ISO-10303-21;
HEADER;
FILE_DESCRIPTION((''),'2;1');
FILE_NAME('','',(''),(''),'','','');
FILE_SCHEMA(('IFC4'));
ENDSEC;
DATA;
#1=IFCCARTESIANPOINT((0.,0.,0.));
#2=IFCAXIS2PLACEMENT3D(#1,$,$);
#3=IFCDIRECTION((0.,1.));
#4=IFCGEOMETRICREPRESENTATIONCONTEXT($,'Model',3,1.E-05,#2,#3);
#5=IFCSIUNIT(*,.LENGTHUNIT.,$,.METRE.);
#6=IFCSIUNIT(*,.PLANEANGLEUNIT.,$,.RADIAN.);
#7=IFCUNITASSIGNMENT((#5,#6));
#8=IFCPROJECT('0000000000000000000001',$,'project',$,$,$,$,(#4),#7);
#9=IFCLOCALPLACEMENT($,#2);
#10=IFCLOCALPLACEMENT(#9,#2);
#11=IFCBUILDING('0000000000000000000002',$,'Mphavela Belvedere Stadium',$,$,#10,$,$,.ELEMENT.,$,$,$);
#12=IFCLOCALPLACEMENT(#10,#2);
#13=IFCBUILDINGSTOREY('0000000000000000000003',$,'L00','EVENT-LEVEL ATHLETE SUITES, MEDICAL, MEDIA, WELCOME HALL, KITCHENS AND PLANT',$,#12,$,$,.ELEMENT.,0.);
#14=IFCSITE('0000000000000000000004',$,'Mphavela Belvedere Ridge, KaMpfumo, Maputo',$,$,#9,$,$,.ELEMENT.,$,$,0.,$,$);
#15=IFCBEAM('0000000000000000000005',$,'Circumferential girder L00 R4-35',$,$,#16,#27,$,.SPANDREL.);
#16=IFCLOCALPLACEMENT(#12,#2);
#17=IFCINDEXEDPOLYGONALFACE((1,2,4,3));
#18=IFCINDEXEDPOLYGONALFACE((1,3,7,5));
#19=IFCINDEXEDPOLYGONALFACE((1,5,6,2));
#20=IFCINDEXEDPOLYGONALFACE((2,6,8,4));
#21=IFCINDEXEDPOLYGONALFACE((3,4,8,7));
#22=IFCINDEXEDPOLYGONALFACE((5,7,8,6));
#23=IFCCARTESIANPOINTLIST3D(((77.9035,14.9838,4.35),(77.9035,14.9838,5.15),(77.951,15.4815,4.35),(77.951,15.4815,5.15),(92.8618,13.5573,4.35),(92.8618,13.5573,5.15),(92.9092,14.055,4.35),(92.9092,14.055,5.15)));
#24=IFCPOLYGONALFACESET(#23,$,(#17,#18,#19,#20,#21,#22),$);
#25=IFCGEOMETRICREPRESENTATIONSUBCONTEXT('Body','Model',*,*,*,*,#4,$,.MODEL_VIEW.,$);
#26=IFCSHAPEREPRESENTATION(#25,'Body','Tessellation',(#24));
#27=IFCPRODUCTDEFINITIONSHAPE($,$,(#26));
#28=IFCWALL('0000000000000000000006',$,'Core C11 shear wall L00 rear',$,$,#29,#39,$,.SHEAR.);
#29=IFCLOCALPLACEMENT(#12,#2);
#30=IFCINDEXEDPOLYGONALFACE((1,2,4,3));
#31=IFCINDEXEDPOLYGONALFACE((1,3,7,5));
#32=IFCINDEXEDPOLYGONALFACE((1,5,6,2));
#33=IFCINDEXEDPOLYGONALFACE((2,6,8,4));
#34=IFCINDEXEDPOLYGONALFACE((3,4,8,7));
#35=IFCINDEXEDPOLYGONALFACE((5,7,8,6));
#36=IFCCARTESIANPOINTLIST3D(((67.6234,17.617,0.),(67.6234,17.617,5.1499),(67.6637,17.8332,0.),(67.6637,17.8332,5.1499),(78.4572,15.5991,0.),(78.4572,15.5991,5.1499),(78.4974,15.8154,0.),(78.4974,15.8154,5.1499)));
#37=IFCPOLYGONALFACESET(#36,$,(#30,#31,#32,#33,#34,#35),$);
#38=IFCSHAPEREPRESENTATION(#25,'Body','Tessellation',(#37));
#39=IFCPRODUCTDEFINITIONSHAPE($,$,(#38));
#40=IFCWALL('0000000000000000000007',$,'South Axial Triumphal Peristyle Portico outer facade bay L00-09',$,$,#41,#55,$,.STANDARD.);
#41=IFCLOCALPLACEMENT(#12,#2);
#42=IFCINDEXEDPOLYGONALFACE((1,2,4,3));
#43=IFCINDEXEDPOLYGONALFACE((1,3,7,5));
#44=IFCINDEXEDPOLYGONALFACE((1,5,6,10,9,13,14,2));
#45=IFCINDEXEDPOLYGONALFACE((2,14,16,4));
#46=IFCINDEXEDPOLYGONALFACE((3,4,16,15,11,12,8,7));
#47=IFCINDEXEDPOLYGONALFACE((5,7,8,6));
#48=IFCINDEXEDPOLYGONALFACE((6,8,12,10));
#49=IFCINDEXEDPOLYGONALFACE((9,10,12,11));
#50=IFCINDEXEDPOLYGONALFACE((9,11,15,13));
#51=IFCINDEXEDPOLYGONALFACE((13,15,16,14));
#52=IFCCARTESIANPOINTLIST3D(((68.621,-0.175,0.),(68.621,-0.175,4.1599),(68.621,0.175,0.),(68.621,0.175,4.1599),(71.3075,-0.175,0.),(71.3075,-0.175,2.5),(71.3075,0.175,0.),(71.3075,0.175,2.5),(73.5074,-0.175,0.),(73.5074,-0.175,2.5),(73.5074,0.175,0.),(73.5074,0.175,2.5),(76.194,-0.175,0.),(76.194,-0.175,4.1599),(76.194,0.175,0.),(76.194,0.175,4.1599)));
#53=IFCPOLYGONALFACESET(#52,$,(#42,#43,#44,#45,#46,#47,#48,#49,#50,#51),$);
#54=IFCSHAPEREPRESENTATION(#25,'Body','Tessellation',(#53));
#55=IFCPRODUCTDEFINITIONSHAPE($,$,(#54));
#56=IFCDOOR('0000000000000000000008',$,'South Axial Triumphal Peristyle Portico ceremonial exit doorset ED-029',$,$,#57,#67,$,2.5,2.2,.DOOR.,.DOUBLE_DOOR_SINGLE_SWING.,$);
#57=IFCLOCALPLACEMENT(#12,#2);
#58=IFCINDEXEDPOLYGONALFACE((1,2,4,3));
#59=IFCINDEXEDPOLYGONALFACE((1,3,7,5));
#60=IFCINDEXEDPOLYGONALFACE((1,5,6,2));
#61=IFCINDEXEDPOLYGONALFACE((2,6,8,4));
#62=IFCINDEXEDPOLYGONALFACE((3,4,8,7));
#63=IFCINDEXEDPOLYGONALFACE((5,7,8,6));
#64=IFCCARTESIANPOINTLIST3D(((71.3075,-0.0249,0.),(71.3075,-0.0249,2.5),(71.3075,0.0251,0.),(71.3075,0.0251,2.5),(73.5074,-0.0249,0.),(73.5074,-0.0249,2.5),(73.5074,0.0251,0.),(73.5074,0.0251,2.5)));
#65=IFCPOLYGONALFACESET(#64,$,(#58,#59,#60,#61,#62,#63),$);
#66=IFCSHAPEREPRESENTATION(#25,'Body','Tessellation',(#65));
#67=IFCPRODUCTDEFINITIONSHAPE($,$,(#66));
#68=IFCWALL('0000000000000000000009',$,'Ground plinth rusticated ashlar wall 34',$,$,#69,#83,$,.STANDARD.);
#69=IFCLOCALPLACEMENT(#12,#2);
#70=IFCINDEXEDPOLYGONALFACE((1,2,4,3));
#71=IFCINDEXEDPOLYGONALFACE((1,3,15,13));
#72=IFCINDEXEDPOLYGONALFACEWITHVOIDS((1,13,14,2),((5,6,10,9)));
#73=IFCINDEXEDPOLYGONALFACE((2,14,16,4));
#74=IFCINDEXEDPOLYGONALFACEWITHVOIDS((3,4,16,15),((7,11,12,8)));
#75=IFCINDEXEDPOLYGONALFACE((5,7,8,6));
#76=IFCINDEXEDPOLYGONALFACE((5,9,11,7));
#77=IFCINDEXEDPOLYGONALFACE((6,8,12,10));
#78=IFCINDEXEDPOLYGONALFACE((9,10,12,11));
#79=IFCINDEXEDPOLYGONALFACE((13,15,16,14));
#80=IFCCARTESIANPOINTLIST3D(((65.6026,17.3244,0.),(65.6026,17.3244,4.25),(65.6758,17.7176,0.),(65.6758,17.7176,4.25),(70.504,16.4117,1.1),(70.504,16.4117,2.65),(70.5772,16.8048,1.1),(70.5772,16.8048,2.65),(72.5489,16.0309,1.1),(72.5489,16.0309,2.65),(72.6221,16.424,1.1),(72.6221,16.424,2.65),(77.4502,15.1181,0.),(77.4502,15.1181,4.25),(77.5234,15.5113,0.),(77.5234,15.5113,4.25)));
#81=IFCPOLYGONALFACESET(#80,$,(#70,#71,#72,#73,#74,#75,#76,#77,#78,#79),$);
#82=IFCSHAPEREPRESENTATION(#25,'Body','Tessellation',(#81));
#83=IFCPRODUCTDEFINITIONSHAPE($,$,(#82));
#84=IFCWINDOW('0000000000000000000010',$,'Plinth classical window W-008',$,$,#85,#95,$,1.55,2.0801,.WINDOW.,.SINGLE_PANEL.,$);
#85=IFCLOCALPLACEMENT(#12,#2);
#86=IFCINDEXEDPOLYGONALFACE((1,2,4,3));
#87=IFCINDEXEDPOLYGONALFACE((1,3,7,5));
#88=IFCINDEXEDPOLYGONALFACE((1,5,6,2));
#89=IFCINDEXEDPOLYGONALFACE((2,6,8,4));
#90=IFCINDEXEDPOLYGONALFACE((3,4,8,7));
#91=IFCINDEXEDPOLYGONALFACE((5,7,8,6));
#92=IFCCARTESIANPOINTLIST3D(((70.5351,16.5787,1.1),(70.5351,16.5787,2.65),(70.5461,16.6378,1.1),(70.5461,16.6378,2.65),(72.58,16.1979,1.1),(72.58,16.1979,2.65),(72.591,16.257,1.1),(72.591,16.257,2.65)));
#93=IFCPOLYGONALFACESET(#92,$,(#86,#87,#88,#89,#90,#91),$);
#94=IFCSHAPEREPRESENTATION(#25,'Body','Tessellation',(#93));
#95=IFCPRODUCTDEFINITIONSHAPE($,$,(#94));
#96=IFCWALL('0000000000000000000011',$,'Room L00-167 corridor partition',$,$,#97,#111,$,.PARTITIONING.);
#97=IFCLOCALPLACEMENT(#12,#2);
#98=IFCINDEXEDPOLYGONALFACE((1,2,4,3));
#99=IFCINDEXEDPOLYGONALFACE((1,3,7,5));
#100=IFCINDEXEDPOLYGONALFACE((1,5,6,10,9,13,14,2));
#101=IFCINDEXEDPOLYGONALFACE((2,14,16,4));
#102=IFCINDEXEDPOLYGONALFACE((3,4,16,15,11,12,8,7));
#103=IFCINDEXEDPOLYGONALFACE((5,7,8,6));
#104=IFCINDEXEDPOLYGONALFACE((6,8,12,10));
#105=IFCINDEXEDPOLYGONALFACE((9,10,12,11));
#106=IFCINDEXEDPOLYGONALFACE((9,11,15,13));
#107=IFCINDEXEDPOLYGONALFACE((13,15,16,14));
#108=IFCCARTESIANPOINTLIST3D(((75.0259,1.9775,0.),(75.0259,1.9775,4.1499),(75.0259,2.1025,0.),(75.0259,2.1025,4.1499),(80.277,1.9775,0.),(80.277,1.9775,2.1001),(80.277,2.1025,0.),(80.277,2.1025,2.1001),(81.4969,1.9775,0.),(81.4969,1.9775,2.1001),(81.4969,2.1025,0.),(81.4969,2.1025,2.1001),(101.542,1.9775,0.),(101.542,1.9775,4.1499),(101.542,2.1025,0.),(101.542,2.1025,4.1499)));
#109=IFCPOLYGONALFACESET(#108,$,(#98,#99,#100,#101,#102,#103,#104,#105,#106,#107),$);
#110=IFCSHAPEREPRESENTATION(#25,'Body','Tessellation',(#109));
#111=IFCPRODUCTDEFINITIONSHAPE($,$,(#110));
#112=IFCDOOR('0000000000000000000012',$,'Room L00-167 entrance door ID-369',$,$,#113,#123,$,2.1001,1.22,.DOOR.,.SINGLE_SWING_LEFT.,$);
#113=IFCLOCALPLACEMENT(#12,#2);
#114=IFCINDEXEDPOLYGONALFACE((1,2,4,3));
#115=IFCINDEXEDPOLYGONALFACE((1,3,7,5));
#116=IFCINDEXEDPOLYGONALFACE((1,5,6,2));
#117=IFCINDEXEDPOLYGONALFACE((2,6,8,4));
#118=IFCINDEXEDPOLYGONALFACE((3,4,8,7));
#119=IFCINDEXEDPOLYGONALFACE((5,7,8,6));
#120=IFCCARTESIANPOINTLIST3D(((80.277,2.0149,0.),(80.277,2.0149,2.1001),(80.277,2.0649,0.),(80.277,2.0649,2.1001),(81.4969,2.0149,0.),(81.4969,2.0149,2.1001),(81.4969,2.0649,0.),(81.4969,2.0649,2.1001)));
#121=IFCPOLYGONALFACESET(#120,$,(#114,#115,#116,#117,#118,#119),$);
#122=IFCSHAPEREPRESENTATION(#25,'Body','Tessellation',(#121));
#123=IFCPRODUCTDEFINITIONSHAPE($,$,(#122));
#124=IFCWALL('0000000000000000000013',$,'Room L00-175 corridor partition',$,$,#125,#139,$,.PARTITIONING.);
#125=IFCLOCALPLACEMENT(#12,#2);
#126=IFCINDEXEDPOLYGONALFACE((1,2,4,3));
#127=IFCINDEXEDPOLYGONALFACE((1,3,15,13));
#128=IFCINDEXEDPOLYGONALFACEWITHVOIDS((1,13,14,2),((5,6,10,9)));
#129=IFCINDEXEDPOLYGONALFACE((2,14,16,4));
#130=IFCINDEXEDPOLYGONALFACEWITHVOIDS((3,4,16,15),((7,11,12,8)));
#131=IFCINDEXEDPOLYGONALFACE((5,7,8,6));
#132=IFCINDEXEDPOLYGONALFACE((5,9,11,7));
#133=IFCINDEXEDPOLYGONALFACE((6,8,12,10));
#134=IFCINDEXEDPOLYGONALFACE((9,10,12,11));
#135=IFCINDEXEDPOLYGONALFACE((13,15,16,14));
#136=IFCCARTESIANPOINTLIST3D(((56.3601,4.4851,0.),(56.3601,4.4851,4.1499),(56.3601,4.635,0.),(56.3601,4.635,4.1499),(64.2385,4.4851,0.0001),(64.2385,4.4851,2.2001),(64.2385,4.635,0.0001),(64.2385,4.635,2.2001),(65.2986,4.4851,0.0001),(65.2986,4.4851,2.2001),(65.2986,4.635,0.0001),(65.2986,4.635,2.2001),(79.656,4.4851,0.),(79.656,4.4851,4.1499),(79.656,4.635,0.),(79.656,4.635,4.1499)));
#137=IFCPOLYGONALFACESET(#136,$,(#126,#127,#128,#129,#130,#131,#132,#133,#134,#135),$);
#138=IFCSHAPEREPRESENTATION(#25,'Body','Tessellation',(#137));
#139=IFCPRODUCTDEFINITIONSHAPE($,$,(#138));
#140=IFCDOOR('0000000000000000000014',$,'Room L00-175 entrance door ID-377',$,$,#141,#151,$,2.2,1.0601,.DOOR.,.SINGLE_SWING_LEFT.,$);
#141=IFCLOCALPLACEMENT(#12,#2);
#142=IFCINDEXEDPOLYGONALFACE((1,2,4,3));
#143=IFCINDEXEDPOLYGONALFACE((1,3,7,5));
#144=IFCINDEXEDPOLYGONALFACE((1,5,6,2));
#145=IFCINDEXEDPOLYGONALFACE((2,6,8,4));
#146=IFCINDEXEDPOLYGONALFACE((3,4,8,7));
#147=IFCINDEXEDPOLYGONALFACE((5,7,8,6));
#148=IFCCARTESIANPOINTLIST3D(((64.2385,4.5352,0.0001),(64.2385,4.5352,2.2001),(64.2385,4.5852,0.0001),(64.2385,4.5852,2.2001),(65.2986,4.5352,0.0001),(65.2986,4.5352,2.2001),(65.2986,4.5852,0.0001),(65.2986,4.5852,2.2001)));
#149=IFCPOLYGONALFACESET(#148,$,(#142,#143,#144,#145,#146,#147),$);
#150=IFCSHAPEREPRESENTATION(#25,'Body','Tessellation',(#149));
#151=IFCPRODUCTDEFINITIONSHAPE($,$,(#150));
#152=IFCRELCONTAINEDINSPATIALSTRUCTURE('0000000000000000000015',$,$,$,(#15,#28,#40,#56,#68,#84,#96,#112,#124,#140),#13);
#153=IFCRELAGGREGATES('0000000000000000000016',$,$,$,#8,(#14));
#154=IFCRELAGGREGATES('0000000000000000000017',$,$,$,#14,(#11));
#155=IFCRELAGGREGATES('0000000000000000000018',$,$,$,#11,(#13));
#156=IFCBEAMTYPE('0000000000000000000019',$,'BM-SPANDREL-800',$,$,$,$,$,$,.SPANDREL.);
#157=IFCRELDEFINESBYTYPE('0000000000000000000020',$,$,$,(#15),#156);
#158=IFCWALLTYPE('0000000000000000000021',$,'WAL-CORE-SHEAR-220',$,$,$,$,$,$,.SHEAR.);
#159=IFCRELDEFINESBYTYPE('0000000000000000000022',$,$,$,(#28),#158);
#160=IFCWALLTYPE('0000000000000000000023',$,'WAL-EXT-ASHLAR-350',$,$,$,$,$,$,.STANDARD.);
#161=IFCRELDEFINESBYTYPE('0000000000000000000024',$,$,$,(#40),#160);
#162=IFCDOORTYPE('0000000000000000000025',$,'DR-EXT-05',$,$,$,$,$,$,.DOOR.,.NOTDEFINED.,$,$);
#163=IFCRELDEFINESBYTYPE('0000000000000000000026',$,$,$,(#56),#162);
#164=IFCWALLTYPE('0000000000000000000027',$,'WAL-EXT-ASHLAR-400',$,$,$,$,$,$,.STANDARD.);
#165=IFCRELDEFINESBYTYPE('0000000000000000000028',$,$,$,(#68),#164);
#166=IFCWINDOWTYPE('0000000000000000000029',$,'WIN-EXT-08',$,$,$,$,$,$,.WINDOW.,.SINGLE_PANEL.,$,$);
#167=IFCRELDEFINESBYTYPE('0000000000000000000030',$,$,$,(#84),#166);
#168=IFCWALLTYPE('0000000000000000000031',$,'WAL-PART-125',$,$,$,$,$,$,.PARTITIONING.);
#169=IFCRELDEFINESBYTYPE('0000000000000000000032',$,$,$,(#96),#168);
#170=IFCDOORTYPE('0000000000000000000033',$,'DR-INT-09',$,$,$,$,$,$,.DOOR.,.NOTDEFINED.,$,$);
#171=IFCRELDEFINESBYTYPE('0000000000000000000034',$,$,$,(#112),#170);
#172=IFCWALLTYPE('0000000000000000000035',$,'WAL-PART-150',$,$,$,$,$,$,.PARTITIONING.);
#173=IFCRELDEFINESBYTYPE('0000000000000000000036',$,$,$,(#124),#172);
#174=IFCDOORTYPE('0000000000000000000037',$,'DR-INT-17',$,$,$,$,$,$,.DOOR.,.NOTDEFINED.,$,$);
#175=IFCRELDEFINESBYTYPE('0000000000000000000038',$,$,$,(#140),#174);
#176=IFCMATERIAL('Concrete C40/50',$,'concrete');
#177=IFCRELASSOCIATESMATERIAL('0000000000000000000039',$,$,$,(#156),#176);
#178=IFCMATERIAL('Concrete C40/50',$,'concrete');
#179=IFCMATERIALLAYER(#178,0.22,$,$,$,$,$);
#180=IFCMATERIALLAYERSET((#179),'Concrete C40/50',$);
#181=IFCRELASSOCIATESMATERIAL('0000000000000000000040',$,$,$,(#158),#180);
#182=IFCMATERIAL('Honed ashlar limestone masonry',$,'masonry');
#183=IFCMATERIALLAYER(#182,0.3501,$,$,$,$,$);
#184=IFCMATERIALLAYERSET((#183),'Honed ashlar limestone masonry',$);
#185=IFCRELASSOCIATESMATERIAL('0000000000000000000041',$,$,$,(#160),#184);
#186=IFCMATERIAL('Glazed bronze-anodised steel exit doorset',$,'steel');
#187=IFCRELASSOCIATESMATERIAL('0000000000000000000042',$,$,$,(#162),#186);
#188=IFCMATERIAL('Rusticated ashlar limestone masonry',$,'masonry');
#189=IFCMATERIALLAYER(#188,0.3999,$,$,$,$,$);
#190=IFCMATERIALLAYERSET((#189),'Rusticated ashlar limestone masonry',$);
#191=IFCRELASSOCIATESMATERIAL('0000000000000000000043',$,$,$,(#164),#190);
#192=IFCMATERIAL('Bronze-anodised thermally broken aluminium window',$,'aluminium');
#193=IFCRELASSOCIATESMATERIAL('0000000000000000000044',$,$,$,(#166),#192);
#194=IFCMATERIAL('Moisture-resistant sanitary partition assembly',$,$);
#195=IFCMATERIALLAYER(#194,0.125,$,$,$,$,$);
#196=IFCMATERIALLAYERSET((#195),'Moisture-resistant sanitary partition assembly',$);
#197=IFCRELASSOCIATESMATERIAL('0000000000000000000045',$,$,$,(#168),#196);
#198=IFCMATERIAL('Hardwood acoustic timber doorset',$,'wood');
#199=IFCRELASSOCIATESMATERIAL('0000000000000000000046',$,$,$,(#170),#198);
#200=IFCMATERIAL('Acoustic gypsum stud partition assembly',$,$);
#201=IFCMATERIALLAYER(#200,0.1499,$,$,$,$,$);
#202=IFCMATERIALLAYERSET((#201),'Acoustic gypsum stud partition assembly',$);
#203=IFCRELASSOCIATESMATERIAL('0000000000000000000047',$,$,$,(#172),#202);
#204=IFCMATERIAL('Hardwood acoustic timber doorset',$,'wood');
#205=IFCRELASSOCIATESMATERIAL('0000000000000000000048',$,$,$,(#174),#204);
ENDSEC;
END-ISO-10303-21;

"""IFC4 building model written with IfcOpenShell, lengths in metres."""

from ifc_helpers import new_model, si_unit, direction, frame, frame_2d, origin, origin_2d, place, context, subcontext, project, spatial, rectangle, extrude, material, layer, layer_set, material_profile, profile_set, type_object, element, fill, save


model = new_model("IFC4")

# Units and contexts
model_context = context("Model", 3, precision=1e-05, world=origin(), true_north=direction((0.0, 1.0)))
body_context = subcontext(model_context, "Body", "Model", "MODEL_VIEW")
ifc_project = project(units=[si_unit("LENGTHUNIT", "METRE"), si_unit("PLANEANGLEUNIT", "RADIAN")], contexts=[model_context])

# Site, building, storey
site_placement = place(None, origin())
site = spatial("IfcSite", under=ifc_project, at=site_placement, Name="Mphavela Belvedere Ridge, KaMpfumo, Maputo", CompositionType="ELEMENT", RefElevation=0.0)
building_placement = place(site_placement, origin())
building = spatial("IfcBuilding", under=site, at=building_placement, Name="Mphavela Belvedere Stadium", CompositionType="ELEMENT")
storey_placement = place(building_placement, origin())
storey = spatial("IfcBuildingStorey", under=building, at=storey_placement, Name="L00", Description="EVENT-LEVEL ATHLETE SUITES, MEDICAL, MEDIA, WELCOME HALL, KITCHENS AND PLANT", CompositionType="ELEMENT", Elevation=0.0)

# Beam
ifc_material_1 = material(Name="Concrete C40/50", Category="concrete")
ifc_material_profile_1 = material_profile(ifc_material_1, rectangle(XDim=0.5, YDim=0.8, at=origin_2d()), Name="RC 500x800")
ifc_profile_set_1 = profile_set([ifc_material_profile_1], Name="Concrete C40/50")
beam_type_1 = type_object("IfcBeamType", Name="BM-SPANDREL-800", PredefinedType="SPANDREL", material=ifc_profile_set_1)
beam_1_placement = place(storey_placement, frame((77.9272, 15.2327, 4.75), z_axis=(0.995483, -0.094936, 0.0), x_axis=(0.094936, 0.995483, 0.0)))
element("IfcBeam", 1, at=beam_1_placement, inside=storey, type_object=beam_type_1, Name="Circumferential girder L00 R4-35", PredefinedType="SPANDREL", context=body_context, shape_type="SweptSolid", body=[
    extrude(rectangle(XDim=0.5, YDim=0.8, at=origin_2d()), origin(), (0.0, 0.0, 1.0), 15.0261),
])

# Wall
ifc_material_2 = material(Name="Concrete C40/50", Category="concrete")
ifc_layer_1 = layer(ifc_material_2, 0.22)
ifc_layer_set_1 = layer_set([ifc_layer_1], Name="Concrete C40/50")
wall_type_1 = type_object("IfcWallType", Name="WAL-CORE-SHEAR-220", PredefinedType="SHEAR", material=ifc_layer_set_1)
wall_1_placement = place(storey_placement, frame((78.4773, 15.7073, 0.0), z_axis=(0.0, 0.0, 1.0), x_axis=(-0.983093, 0.183105, 0.0)))
element("IfcWall", 2, at=wall_1_placement, inside=storey, type_object=wall_type_1, Name="Core C11 shear wall L00 rear", PredefinedType="SHEAR", context=body_context, shape_type="SweptSolid", body=[
    extrude(rectangle(XDim=11.02, YDim=0.22, at=frame_2d((5.51, 0.0))), origin(), (0.0, 0.0, 1.0), 5.1499),
])

# Wall, opening, door
ifc_material_3 = material(Name="Honed ashlar limestone masonry", Category="masonry")
ifc_layer_2 = layer(ifc_material_3, 0.3501)
ifc_layer_set_2 = layer_set([ifc_layer_2], Name="Honed ashlar limestone masonry")
wall_type_2 = type_object("IfcWallType", Name="WAL-EXT-ASHLAR-350", PredefinedType="STANDARD", material=ifc_layer_set_2)
wall_2_placement = place(storey_placement, frame((76.1941, 0.0, 0.0), z_axis=(0.0, 0.0, 1.0), x_axis=(-1.0, 0.0, 0.0)))
wall_2 = element("IfcWall", 3, at=wall_2_placement, inside=storey, type_object=wall_type_2, Name="South Axial Triumphal Peristyle Portico outer facade bay L00-09", PredefinedType="STANDARD", context=body_context, shape_type="SweptSolid", body=[
    extrude(rectangle(XDim=7.573, YDim=0.3501, at=frame_2d((3.7866, 0.0))), origin(), (0.0, 0.0, 1.0), 4.1599),
])
opening_1_placement = place(wall_2_placement, frame((2.6865, 0.0, 0.0)))
opening_1 = element("IfcOpeningElement", 4, at=opening_1_placement, cuts=wall_2, PredefinedType="OPENING", context=body_context, shape_type="SweptSolid", body=[
    extrude(rectangle(XDim=2.2, YDim=2.5, at=frame_2d((1.1001, 1.25))), frame((0.0, 0.1851, 0.0), z_axis=(0.0, -1.0, 0.0), x_axis=(1.0, 0.0, 0.0)), (0.0, 0.0, 1.0), 0.3701),
])
ifc_material_4 = material(Name="Glazed bronze-anodised steel exit doorset", Category="steel")
door_type_1 = type_object("IfcDoorType", Name="DR-EXT-05", OperationType="NOTDEFINED", PredefinedType="DOOR", material=ifc_material_4)
door_1_placement = place(opening_1_placement, origin())
door_1 = element("IfcDoor", 5, at=door_1_placement, inside=storey, type_object=door_type_1, Name="South Axial Triumphal Peristyle Portico ceremonial exit doorset ED-029", OperationType="DOUBLE_DOOR_SINGLE_SWING", OverallHeight=2.5, OverallWidth=2.2, PredefinedType="DOOR", context=body_context, shape_type="SweptSolid", body=[
    extrude(rectangle(XDim=2.2, YDim=2.5, at=frame_2d((1.1001, 1.25))), frame((0.0, 0.0249, 0.0), z_axis=(0.0, -1.0, 0.0), x_axis=(1.0, 0.0, 0.0)), (0.0, 0.0, 1.0), 0.05),
])
fill(opening_1, door_1)

# Wall, opening, window
ifc_material_5 = material(Name="Rusticated ashlar limestone masonry", Category="masonry")
ifc_layer_3 = layer(ifc_material_5, 0.3999)
ifc_layer_set_3 = layer_set([ifc_layer_3], Name="Rusticated ashlar limestone masonry")
wall_type_3 = type_object("IfcWallType", Name="WAL-EXT-ASHLAR-400", PredefinedType="STANDARD", material=ifc_layer_set_3)
wall_3_placement = place(storey_placement, frame((77.4868, 15.3147, 0.0), z_axis=(0.0, 0.0, 1.0), x_axis=(-0.983099, 0.183075, 0.0)))
wall_3 = element("IfcWall", 6, at=wall_3_placement, inside=storey, type_object=wall_type_3, Name="Ground plinth rusticated ashlar wall 34", PredefinedType="STANDARD", context=body_context, shape_type="SweptSolid", body=[
    extrude(rectangle(XDim=12.0513, YDim=0.3999, at=frame_2d((6.0256, 0.0))), origin(), (0.0, 0.0, 1.0), 4.25),
])
opening_2_placement = place(wall_3_placement, frame((4.9856, 0.0, 1.1001)))
opening_2 = element("IfcOpeningElement", 7, at=opening_2_placement, cuts=wall_3, PredefinedType="OPENING", context=body_context, shape_type="SweptSolid", body=[
    extrude(rectangle(XDim=2.0801, YDim=1.55, at=frame_2d((1.04, 0.7749))), frame((0.0, 0.21, 0.0), z_axis=(0.0, -1.0, 0.0), x_axis=(1.0, 0.0, 0.0)), (0.0, 0.0, 1.0), 0.4199),
])
ifc_material_6 = material(Name="Bronze-anodised thermally broken aluminium window", Category="aluminium")
window_type = type_object("IfcWindowType", Name="WIN-EXT-08", PartitioningType="SINGLE_PANEL", PredefinedType="WINDOW", material=ifc_material_6)
window_placement = place(opening_2_placement, origin())
window = element("IfcWindow", 8, at=window_placement, inside=storey, type_object=window_type, Name="Plinth classical window W-008", OverallHeight=1.55, OverallWidth=2.0801, PartitioningType="SINGLE_PANEL", PredefinedType="WINDOW", context=body_context, shape_type="SweptSolid", body=[
    extrude(rectangle(XDim=2.0801, YDim=1.55, at=frame_2d((1.04, 0.7749))), frame((0.0, 0.03, 0.0), z_axis=(0.0, -1.0, 0.0), x_axis=(1.0, 0.0, 0.0)), (0.0, 0.0, 1.0), 0.0601),
])
fill(opening_2, window)

# Walls, openings, doors
ifc_material_7 = material(Name="Moisture-resistant sanitary partition assembly")
ifc_layer_4 = layer(ifc_material_7, 0.125)
ifc_layer_set_4 = layer_set([ifc_layer_4], Name="Moisture-resistant sanitary partition assembly")
wall_type_4 = type_object("IfcWallType", Name="WAL-PART-125", PredefinedType="PARTITIONING", material=ifc_layer_set_4)
wall_4_placement = place(storey_placement, frame((75.0259, 2.04, 0.0), z_axis=(0.0, 0.0, 1.0), x_axis=(1.0, 0.0, 0.0)))
wall_4 = element("IfcWall", 9, at=wall_4_placement, inside=storey, type_object=wall_type_4, Name="Room L00-167 corridor partition", PredefinedType="PARTITIONING", context=body_context, shape_type="SweptSolid", body=[
    extrude(rectangle(XDim=26.5161, YDim=0.125, at=frame_2d((13.2581, 0.0))), origin(), (0.0, 0.0, 1.0), 4.1499),
])
opening_3_placement = place(wall_4_placement, frame((5.2512, 0.0, 0.0)))
opening_3 = element("IfcOpeningElement", 10, at=opening_3_placement, cuts=wall_4, PredefinedType="OPENING", context=body_context, shape_type="SweptSolid", body=[
    extrude(rectangle(XDim=1.22, YDim=2.1001, at=frame_2d((0.6099, 1.05))), frame((0.0, 0.0725, 0.0), z_axis=(0.0, -1.0, 0.0), x_axis=(1.0, 0.0, 0.0)), (0.0, 0.0, 1.0), 0.145),
])
ifc_material_8 = material(Name="Hardwood acoustic timber doorset", Category="wood")
door_type_2 = type_object("IfcDoorType", Name="DR-INT-09", OperationType="NOTDEFINED", PredefinedType="DOOR", material=ifc_material_8)
door_2_placement = place(opening_3_placement, origin())
door_2 = element("IfcDoor", 11, at=door_2_placement, inside=storey, type_object=door_type_2, Name="Room L00-167 entrance door ID-369", OperationType="SINGLE_SWING_LEFT", OverallHeight=2.1001, OverallWidth=1.22, PredefinedType="DOOR", context=body_context, shape_type="SweptSolid", body=[
    extrude(rectangle(XDim=1.22, YDim=2.1001, at=frame_2d((0.6099, 1.05))), frame((0.0, 0.0249, 0.0), z_axis=(0.0, -1.0, 0.0), x_axis=(1.0, 0.0, 0.0)), (0.0, 0.0, 1.0), 0.05),
])
fill(opening_3, door_2)
ifc_material_9 = material(Name="Acoustic gypsum stud partition assembly")
ifc_layer_5 = layer(ifc_material_9, 0.1499)
ifc_layer_set_5 = layer_set([ifc_layer_5], Name="Acoustic gypsum stud partition assembly")
wall_type_5 = type_object("IfcWallType", Name="WAL-PART-150", PredefinedType="PARTITIONING", material=ifc_layer_set_5)
wall_5_placement = place(storey_placement, frame((79.656, 4.5601, 0.0), z_axis=(0.0, 0.0, 1.0), x_axis=(-1.0, 0.0, 0.0)))
wall_5 = element("IfcWall", 12, at=wall_5_placement, inside=storey, type_object=wall_type_5, Name="Room L00-175 corridor partition", PredefinedType="PARTITIONING", context=body_context, shape_type="SweptSolid", body=[
    extrude(rectangle(XDim=23.2959, YDim=0.1499, at=frame_2d((11.6479, 0.0))), origin(), (0.0, 0.0, 1.0), 4.1499),
])
opening_4_placement = place(wall_5_placement, frame((14.3574, 0.0, 0.0)))
opening_4 = element("IfcOpeningElement", 13, at=opening_4_placement, cuts=wall_5, PredefinedType="OPENING", context=body_context, shape_type="SweptSolid", body=[
    extrude(rectangle(XDim=1.0601, YDim=2.2, at=frame_2d((0.53, 1.1001))), frame((0.0, 0.085, 0.0), z_axis=(0.0, -1.0, 0.0), x_axis=(1.0, 0.0, 0.0)), (0.0, 0.0, 1.0), 0.1699),
])
ifc_material_10 = material(Name="Hardwood acoustic timber doorset", Category="wood")
door_type_3 = type_object("IfcDoorType", Name="DR-INT-17", OperationType="NOTDEFINED", PredefinedType="DOOR", material=ifc_material_10)
door_3_placement = place(opening_4_placement, origin())
door_3 = element("IfcDoor", 14, at=door_3_placement, inside=storey, type_object=door_type_3, Name="Room L00-175 entrance door ID-377", OperationType="SINGLE_SWING_LEFT", OverallHeight=2.2, OverallWidth=1.0601, PredefinedType="DOOR", context=body_context, shape_type="SweptSolid", body=[
    extrude(rectangle(XDim=1.0601, YDim=2.2, at=frame_2d((0.53, 1.1001))), frame((0.0, 0.0249, 0.0), z_axis=(0.0, -1.0, 0.0), x_axis=(1.0, 0.0, 0.0)), (0.0, 0.0, 1.0), 0.05),
])
fill(opening_4, door_3)

save(model, "model.ifc")
